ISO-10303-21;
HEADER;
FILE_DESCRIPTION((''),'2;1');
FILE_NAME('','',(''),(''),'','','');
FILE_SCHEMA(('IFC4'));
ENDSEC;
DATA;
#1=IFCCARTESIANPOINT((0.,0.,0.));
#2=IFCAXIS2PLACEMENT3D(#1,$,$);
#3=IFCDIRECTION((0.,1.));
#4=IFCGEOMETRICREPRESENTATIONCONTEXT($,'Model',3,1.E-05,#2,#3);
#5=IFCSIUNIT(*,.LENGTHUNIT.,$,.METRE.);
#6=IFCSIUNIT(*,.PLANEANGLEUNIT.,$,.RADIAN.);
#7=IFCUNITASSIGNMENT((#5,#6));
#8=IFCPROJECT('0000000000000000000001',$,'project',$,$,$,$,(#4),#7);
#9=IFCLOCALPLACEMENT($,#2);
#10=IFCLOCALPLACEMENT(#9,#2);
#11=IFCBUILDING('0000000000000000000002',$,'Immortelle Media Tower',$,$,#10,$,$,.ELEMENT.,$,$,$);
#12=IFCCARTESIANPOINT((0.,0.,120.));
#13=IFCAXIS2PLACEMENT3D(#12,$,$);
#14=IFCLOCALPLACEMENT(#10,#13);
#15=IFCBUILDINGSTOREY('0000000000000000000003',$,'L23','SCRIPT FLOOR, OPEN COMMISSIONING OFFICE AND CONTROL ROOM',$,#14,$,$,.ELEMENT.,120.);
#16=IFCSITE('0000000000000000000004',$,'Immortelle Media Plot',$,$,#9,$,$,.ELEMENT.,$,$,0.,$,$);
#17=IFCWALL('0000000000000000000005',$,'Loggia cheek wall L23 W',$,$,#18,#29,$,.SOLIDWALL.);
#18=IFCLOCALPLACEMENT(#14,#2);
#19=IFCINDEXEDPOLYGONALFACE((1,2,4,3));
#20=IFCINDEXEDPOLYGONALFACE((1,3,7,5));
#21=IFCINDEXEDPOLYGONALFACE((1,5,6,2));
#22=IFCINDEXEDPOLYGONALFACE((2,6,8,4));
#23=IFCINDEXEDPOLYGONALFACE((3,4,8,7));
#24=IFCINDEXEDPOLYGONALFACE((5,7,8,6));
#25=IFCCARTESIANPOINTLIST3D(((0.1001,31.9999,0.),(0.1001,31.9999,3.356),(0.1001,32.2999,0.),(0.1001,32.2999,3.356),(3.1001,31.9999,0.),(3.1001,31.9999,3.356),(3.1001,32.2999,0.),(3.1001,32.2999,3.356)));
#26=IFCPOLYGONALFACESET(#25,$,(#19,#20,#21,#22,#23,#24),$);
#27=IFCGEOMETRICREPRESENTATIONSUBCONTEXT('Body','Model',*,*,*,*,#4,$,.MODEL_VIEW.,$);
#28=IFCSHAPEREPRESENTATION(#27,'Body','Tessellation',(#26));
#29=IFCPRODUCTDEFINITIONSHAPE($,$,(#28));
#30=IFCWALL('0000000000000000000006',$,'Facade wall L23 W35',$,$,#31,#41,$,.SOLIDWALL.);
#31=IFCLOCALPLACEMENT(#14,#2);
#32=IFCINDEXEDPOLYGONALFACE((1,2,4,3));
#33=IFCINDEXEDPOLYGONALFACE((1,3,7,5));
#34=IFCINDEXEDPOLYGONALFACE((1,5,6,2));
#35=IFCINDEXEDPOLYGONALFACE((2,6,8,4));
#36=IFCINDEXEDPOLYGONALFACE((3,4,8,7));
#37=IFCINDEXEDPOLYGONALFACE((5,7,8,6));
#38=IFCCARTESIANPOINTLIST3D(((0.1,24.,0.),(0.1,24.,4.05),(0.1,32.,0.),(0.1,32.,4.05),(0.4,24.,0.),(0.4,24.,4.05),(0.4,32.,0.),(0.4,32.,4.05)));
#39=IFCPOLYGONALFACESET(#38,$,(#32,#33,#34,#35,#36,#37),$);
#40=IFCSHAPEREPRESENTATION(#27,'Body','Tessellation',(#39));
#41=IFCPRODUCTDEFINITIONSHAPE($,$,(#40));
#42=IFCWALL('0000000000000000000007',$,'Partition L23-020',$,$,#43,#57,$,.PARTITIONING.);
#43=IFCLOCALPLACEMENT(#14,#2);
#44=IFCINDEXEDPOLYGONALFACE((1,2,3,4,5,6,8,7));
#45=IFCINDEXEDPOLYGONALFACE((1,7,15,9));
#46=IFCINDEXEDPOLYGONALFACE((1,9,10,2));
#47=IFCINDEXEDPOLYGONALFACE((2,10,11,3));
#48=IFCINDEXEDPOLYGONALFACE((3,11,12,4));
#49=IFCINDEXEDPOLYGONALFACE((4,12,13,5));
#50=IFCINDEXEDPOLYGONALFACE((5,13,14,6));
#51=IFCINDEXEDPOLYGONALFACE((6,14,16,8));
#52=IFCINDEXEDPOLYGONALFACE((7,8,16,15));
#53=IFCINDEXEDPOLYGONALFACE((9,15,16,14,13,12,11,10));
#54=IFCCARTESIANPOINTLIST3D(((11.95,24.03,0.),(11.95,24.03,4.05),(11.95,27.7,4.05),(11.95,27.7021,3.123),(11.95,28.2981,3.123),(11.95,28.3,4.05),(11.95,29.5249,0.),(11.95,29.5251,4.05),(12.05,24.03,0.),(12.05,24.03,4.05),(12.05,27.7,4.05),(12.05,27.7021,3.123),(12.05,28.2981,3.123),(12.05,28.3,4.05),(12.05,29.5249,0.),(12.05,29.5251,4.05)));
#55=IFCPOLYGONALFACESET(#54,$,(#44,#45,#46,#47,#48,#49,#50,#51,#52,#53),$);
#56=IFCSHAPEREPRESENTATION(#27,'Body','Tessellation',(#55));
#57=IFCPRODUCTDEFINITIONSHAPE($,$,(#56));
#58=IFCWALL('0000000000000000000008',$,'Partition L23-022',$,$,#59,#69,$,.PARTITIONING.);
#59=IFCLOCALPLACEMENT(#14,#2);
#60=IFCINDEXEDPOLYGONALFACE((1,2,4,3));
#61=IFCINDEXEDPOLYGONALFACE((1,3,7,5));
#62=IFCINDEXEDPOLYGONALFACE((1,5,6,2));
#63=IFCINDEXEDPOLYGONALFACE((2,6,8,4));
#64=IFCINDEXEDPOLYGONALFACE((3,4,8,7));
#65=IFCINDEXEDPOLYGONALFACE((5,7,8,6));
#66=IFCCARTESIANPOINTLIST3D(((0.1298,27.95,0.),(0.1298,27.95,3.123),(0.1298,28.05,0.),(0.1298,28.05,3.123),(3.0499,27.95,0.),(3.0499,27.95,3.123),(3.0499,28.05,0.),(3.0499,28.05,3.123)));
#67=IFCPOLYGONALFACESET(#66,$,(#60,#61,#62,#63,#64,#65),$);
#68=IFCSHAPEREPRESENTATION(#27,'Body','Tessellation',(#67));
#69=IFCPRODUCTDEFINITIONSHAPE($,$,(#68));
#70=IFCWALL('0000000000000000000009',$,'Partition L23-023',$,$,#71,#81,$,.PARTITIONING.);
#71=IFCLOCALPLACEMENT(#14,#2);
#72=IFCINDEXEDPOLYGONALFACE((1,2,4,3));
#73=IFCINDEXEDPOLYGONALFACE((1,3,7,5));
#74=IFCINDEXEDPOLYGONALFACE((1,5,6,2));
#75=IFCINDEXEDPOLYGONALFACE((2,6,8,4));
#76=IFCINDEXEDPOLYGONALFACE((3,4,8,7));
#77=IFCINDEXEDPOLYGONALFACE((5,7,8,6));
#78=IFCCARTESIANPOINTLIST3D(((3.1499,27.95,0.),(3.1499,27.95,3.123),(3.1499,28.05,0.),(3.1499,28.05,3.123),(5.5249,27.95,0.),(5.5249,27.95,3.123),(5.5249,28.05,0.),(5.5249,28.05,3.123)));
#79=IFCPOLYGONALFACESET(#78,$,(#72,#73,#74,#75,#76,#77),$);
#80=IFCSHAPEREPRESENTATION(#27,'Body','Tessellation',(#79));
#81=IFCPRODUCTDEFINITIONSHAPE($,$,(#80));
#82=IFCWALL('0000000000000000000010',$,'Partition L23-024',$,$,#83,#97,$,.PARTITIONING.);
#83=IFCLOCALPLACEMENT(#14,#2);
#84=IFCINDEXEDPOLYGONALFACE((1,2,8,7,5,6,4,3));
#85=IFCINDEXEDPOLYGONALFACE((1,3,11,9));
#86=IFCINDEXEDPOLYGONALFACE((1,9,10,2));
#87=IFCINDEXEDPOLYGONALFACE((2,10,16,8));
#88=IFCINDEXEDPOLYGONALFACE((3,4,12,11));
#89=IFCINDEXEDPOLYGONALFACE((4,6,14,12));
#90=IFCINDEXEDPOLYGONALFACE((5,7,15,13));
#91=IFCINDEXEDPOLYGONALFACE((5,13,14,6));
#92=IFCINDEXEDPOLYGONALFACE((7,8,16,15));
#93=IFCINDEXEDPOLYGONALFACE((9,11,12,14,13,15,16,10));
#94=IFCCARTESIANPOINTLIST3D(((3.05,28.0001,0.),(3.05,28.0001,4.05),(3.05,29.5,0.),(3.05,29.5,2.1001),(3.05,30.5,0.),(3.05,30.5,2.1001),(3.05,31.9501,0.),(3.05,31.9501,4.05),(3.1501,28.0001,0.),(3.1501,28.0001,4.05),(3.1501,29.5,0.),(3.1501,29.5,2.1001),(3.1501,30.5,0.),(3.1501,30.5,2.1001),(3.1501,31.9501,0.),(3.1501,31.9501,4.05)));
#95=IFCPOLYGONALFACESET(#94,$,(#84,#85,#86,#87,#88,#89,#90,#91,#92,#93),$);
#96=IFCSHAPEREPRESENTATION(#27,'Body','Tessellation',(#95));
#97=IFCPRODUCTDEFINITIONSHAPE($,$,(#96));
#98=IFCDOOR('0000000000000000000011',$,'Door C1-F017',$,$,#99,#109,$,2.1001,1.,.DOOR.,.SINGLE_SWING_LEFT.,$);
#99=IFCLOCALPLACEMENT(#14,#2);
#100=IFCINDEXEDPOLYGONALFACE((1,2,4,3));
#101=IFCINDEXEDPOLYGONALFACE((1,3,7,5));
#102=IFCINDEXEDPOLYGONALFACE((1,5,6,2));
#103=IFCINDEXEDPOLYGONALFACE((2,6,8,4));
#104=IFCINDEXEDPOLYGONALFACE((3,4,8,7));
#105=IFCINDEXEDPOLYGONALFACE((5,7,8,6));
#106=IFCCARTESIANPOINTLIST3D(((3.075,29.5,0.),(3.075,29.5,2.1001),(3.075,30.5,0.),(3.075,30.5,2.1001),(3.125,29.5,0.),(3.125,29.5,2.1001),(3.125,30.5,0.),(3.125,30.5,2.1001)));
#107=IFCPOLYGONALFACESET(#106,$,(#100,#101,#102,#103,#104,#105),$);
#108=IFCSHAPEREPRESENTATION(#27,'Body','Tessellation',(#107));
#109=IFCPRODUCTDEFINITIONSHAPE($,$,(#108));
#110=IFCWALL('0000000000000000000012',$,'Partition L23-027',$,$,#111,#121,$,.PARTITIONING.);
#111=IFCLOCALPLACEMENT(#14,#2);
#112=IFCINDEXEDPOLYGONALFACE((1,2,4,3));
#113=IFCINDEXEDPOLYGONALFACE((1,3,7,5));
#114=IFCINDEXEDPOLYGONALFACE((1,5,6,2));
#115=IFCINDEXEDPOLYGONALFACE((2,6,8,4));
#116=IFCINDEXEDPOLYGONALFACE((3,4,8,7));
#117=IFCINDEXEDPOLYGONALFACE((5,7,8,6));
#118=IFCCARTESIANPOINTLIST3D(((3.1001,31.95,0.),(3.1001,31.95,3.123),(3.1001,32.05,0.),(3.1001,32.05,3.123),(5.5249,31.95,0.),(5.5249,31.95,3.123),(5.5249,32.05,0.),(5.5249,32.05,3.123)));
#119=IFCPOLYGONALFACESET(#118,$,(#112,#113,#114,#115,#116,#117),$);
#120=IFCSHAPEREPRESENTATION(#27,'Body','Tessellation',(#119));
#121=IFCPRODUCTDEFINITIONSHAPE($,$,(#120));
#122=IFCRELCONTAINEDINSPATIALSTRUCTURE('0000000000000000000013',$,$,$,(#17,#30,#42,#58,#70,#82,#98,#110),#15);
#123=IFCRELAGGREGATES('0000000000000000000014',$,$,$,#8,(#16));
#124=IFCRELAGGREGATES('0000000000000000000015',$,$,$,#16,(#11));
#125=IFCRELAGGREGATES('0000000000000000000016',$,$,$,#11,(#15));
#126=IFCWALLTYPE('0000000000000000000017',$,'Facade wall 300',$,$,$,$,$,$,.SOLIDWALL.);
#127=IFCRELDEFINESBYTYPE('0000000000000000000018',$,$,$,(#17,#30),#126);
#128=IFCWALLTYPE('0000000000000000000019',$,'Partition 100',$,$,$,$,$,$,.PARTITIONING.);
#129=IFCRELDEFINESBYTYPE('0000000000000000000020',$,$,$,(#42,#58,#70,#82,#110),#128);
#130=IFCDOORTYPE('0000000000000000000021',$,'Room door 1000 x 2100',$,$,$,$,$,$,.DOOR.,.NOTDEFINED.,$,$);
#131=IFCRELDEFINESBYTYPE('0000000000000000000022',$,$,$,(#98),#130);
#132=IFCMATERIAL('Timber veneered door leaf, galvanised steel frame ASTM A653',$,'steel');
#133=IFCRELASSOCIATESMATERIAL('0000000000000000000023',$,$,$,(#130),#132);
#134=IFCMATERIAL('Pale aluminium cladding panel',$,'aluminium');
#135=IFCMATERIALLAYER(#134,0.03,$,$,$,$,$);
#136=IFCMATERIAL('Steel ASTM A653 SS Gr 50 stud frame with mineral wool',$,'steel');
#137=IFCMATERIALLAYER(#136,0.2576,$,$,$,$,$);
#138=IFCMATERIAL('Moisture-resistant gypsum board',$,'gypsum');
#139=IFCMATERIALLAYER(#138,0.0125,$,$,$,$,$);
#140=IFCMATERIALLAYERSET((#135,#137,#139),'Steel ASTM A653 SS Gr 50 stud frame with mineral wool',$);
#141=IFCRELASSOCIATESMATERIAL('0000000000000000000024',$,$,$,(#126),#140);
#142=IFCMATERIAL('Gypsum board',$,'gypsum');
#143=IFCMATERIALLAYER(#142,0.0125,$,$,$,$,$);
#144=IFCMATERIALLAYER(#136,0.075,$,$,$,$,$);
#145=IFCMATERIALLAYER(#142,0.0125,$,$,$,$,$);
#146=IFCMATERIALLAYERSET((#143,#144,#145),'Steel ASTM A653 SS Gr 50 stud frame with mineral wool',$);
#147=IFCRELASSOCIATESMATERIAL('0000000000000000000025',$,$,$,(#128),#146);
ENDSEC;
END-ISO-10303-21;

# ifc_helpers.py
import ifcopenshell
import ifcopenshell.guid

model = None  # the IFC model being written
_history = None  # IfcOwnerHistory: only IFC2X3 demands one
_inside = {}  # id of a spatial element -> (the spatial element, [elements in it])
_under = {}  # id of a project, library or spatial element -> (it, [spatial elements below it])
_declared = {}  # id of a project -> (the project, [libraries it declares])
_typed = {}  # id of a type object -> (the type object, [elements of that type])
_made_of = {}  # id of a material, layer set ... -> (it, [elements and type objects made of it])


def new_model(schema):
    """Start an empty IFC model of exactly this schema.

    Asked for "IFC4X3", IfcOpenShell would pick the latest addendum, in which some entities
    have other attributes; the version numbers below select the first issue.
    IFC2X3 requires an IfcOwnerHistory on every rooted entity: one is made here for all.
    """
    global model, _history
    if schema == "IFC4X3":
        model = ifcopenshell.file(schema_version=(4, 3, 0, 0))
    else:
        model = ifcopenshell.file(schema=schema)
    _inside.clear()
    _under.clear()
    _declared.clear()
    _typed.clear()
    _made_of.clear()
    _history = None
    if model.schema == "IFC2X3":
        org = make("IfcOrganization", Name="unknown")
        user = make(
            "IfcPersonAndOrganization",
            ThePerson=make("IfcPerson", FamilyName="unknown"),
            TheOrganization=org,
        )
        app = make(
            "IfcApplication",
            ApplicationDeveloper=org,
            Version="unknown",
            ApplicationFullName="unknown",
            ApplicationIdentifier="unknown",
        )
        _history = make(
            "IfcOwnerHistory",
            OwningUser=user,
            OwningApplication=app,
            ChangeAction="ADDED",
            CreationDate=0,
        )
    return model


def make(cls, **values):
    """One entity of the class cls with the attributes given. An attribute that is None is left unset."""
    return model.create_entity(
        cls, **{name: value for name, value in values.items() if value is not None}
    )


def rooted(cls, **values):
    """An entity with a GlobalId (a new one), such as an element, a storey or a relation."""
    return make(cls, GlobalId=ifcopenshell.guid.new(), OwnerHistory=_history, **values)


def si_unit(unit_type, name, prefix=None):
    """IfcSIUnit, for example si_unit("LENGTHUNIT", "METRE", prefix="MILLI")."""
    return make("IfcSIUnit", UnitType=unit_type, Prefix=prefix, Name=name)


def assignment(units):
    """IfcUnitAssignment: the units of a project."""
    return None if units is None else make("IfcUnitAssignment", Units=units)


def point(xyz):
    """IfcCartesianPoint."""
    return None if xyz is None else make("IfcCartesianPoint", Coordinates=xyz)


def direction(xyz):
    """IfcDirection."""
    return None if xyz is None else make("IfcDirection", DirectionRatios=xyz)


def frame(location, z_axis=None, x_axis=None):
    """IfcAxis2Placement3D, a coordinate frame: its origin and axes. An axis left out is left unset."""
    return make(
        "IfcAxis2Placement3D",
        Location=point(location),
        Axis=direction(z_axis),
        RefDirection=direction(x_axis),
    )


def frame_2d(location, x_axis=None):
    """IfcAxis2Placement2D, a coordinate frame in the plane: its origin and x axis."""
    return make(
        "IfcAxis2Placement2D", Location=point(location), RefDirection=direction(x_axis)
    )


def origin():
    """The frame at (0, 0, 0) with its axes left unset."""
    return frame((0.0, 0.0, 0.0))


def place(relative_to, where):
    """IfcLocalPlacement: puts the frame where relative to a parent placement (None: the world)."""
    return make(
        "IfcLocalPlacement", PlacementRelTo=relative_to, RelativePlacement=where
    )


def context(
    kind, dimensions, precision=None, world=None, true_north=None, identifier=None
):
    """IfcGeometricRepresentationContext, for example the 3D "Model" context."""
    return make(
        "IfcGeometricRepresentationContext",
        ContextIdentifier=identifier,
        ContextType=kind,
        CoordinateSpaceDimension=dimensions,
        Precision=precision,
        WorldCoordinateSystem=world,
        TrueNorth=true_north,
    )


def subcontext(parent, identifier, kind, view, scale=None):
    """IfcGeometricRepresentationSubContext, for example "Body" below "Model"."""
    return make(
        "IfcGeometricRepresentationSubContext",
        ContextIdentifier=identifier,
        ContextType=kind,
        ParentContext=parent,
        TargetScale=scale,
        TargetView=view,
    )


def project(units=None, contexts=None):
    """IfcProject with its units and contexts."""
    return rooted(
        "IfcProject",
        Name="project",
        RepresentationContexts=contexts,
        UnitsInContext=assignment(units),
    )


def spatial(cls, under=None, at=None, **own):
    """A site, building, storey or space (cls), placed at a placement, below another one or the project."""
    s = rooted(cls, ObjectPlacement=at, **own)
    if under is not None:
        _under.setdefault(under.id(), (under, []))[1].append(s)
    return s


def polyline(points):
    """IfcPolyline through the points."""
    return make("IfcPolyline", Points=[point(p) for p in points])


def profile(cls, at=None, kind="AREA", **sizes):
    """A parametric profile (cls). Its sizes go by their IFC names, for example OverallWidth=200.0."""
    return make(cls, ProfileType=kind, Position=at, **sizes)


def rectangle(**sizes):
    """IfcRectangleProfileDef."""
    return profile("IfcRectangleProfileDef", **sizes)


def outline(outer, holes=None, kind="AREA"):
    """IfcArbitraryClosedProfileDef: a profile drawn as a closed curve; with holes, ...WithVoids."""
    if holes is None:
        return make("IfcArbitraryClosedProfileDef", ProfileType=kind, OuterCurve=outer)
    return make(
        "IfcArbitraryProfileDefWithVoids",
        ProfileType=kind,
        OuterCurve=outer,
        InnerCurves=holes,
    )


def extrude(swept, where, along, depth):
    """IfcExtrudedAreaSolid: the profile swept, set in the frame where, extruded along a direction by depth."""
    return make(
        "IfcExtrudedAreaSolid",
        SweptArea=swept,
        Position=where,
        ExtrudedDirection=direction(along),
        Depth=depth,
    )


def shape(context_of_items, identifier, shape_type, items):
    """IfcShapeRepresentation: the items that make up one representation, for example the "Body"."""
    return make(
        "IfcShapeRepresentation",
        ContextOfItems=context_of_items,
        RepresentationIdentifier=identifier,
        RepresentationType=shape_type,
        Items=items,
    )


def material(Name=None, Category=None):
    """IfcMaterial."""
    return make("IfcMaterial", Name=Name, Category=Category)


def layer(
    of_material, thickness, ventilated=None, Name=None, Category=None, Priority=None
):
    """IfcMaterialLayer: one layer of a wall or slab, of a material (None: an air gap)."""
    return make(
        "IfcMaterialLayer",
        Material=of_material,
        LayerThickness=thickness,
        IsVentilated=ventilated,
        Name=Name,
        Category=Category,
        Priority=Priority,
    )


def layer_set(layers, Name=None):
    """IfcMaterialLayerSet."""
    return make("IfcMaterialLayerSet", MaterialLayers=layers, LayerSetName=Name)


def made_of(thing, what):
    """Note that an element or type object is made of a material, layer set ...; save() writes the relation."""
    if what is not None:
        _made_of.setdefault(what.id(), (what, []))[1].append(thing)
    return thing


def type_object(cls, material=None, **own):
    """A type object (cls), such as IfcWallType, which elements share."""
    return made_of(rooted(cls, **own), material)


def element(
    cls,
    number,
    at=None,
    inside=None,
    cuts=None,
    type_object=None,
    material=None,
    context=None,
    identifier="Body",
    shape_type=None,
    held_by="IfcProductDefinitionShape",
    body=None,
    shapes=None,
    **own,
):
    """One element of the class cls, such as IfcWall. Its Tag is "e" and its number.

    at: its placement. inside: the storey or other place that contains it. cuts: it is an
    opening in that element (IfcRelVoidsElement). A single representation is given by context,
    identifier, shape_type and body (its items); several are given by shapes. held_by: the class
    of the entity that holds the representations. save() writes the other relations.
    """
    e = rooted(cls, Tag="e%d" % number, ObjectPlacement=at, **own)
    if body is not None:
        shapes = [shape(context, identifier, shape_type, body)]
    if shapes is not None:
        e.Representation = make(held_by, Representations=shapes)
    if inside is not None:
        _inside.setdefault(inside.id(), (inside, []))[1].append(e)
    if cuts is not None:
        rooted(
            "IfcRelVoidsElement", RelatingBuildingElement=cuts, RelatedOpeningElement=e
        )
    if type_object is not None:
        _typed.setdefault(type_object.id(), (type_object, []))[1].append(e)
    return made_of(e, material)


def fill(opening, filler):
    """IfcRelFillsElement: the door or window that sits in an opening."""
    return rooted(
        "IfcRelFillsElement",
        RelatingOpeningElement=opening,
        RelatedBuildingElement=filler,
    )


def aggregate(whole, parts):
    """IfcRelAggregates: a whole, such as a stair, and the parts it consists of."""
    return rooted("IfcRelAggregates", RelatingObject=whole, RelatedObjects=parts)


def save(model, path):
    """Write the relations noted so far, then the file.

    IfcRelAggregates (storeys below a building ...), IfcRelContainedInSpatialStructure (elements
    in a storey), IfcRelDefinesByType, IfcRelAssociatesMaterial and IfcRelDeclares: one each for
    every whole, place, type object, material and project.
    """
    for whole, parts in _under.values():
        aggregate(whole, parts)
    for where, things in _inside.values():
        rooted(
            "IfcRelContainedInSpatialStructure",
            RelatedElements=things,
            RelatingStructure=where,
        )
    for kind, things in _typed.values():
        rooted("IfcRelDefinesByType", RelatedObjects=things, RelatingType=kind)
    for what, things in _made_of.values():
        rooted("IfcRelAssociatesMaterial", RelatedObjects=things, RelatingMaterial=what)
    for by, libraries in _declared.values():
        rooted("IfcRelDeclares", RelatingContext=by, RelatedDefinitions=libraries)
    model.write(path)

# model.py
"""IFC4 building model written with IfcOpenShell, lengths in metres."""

from ifc_helpers import new_model, si_unit, direction, frame, frame_2d, origin, place, context, subcontext, project, spatial, polyline, rectangle, outline, extrude, material, layer, layer_set, type_object, element, fill, save


model = new_model("IFC4")

# Units and contexts
model_context = context("Model", 3, precision=1e-05, world=origin(), true_north=direction((0.0, 1.0)))
body_context = subcontext(model_context, "Body", "Model", "MODEL_VIEW")
ifc_project = project(units=[si_unit("LENGTHUNIT", "METRE"), si_unit("PLANEANGLEUNIT", "RADIAN")], contexts=[model_context])

# Site, building, storey
site_placement = place(None, origin())
site = spatial("IfcSite", under=ifc_project, at=site_placement, Name="Immortelle Media Plot", CompositionType="ELEMENT", RefElevation=0.0)
building_placement = place(site_placement, origin())
building = spatial("IfcBuilding", under=site, at=building_placement, Name="Immortelle Media Tower", CompositionType="ELEMENT")
storey_placement = place(building_placement, frame((0.0, 0.0, 120.0)))
storey = spatial("IfcBuildingStorey", under=building, at=storey_placement, Name="L23", Description="SCRIPT FLOOR, OPEN COMMISSIONING OFFICE AND CONTROL ROOM", CompositionType="ELEMENT", Elevation=120.0)

# Shared definitions
ifc_material_1 = material(Name="Steel ASTM A653 SS Gr 50 stud frame with mineral wool", Category="steel")
ifc_material_2 = material(Name="Timber veneered door leaf, galvanised steel frame ASTM A653", Category="steel")
door_type_1 = type_object("IfcDoorType", Name="Room door 1000 x 2100", OperationType="NOTDEFINED", PredefinedType="DOOR", material=ifc_material_2)

# Walls
ifc_material_3 = material(Name="Pale aluminium cladding panel", Category="aluminium")
ifc_layer_1 = layer(ifc_material_3, 0.03)
ifc_layer_2 = layer(ifc_material_1, 0.2576)
ifc_material_4 = material(Name="Moisture-resistant gypsum board", Category="gypsum")
ifc_layer_3 = layer(ifc_material_4, 0.0125)
ifc_layer_set_1 = layer_set([ifc_layer_1, ifc_layer_2, ifc_layer_3], Name="Steel ASTM A653 SS Gr 50 stud frame with mineral wool")
wall_type_1 = type_object("IfcWallType", Name="Facade wall 300", PredefinedType="SOLIDWALL", material=ifc_layer_set_1)
wall_1_placement = place(storey_placement, frame((0.1001, 32.1499, 0.0), z_axis=(0.0, 0.0, 1.0), x_axis=(1.0, 0.0, 0.0)))
element("IfcWall", 1, at=wall_1_placement, inside=storey, type_object=wall_type_1, Name="Loggia cheek wall L23 W", PredefinedType="SOLIDWALL", context=body_context, shape_type="SweptSolid", body=[
    extrude(rectangle(XDim=3.0, YDim=0.3, at=frame_2d((1.5, 0.0))), origin(), (0.0, 0.0, 1.0), 3.356),
])
wall_2_placement = place(storey_placement, frame((0.25, 32.0, 0.0), z_axis=(0.0, 0.0, 1.0), x_axis=(0.0, -1.0, 0.0)))
element("IfcWall", 2, at=wall_2_placement, inside=storey, type_object=wall_type_1, Name="Facade wall L23 W35", PredefinedType="SOLIDWALL", context=body_context, shape_type="SweptSolid", body=[
    extrude(rectangle(XDim=8.0, YDim=0.3, at=frame_2d((4.0, 0.0))), origin(), (0.0, 0.0, 1.0), 4.05),
])
ifc_material_5 = material(Name="Gypsum board", Category="gypsum")
ifc_layer_4 = layer(ifc_material_5, 0.0125)
ifc_layer_5 = layer(ifc_material_1, 0.075)
ifc_layer_6 = layer(ifc_material_5, 0.0125)
ifc_layer_set_2 = layer_set([ifc_layer_4, ifc_layer_5, ifc_layer_6], Name="Steel ASTM A653 SS Gr 50 stud frame with mineral wool")
wall_type_2 = type_object("IfcWallType", Name="Partition 100", PredefinedType="PARTITIONING", material=ifc_layer_set_2)
wall_3_placement = place(storey_placement, frame((12.0, 24.03, 0.0), z_axis=(0.0, 0.0, 1.0), x_axis=(0.0, 1.0, 0.0)))
element("IfcWall", 3, at=wall_3_placement, inside=storey, type_object=wall_type_2, Name="Partition L23-020", PredefinedType="PARTITIONING", context=body_context, shape_type="SweptSolid", body=[
    extrude(outline(polyline([(0.0, 0.0), (5.4949, 0.0), (5.4951, 4.05), (4.27, 4.05), (4.2681, 3.123), (3.6721, 3.123), (3.6699, 4.05), (0.0, 4.05), (0.0, 0.0)])), frame((0.0, 0.05, 0.0), z_axis=(0.0, -1.0, 0.0), x_axis=(1.0, 0.0, 0.0)), (0.0, 0.0, 1.0), 0.1001),
])
wall_4_placement = place(storey_placement, frame((0.1299, 28.0, 0.0), z_axis=(0.0, 0.0, 1.0), x_axis=(1.0, 0.0, 0.0)))
element("IfcWall", 4, at=wall_4_placement, inside=storey, type_object=wall_type_2, Name="Partition L23-022", PredefinedType="PARTITIONING", context=body_context, shape_type="SweptSolid", body=[
    extrude(rectangle(XDim=2.9202, YDim=0.1001, at=frame_2d((1.46, 0.0))), origin(), (0.0, 0.0, 1.0), 3.123),
])
wall_5_placement = place(storey_placement, frame((3.1499, 28.0, 0.0), z_axis=(0.0, 0.0, 1.0), x_axis=(1.0, 0.0, 0.0)))
element("IfcWall", 5, at=wall_5_placement, inside=storey, type_object=wall_type_2, Name="Partition L23-023", PredefinedType="PARTITIONING", context=body_context, shape_type="SweptSolid", body=[
    extrude(rectangle(XDim=2.375, YDim=0.1001, at=frame_2d((1.1875, 0.0))), origin(), (0.0, 0.0, 1.0), 3.123),
])

# Wall, opening, door
wall_6_placement = place(storey_placement, frame((3.1001, 28.0, 0.0), z_axis=(0.0, 0.0, 1.0), x_axis=(0.0, 1.0, 0.0)))
wall_6 = element("IfcWall", 6, at=wall_6_placement, inside=storey, type_object=wall_type_2, Name="Partition L23-024", PredefinedType="PARTITIONING", context=body_context, shape_type="SweptSolid", body=[
    extrude(rectangle(XDim=3.95, YDim=0.1001, at=frame_2d((1.9751, 0.0))), origin(), (0.0, 0.0, 1.0), 4.05),
])
opening_1_placement = place(wall_6_placement, frame((2.5, 0.0, 0.0), z_axis=(0.0, 0.0, 1.0), x_axis=(-1.0, 0.0, 0.0)))
opening_1 = element("IfcOpeningElement", 7, at=opening_1_placement, cuts=wall_6, PredefinedType="OPENING", context=body_context, shape_type="SweptSolid", body=[
    extrude(rectangle(XDim=1.0, YDim=2.1001, at=frame_2d((0.5, 1.05))), frame((0.0, 0.0601, 0.0), z_axis=(0.0, -1.0, 0.0), x_axis=(1.0, 0.0, 0.0)), (0.0, 0.0, 1.0), 0.1201),
])
door_1_placement = place(opening_1_placement, origin())
door_1 = element("IfcDoor", 8, at=door_1_placement, inside=storey, type_object=door_type_1, Name="Door C1-F017", OperationType="SINGLE_SWING_LEFT", OverallHeight=2.1001, OverallWidth=1.0, PredefinedType="DOOR", context=body_context, shape_type="SweptSolid", body=[
    extrude(rectangle(XDim=1.0, YDim=2.1001, at=frame_2d((0.5, 1.05))), frame((0.0, 0.0249, 0.0), z_axis=(0.0, -1.0, 0.0), x_axis=(1.0, 0.0, 0.0)), (0.0, 0.0, 1.0), 0.05),
])
fill(opening_1, door_1)

# Wall
wall_7_placement = place(storey_placement, frame((3.1001, 32.0, 0.0), z_axis=(0.0, 0.0, 1.0), x_axis=(1.0, 0.0, 0.0)))
element("IfcWall", 9, at=wall_7_placement, inside=storey, type_object=wall_type_2, Name="Partition L23-027", PredefinedType="PARTITIONING", context=body_context, shape_type="SweptSolid", body=[
    extrude(rectangle(XDim=2.4248, YDim=0.1001, at=frame_2d((1.2124, 0.0))), origin(), (0.0, 0.0, 1.0), 3.123),
])

save(model, "model.ifc")
